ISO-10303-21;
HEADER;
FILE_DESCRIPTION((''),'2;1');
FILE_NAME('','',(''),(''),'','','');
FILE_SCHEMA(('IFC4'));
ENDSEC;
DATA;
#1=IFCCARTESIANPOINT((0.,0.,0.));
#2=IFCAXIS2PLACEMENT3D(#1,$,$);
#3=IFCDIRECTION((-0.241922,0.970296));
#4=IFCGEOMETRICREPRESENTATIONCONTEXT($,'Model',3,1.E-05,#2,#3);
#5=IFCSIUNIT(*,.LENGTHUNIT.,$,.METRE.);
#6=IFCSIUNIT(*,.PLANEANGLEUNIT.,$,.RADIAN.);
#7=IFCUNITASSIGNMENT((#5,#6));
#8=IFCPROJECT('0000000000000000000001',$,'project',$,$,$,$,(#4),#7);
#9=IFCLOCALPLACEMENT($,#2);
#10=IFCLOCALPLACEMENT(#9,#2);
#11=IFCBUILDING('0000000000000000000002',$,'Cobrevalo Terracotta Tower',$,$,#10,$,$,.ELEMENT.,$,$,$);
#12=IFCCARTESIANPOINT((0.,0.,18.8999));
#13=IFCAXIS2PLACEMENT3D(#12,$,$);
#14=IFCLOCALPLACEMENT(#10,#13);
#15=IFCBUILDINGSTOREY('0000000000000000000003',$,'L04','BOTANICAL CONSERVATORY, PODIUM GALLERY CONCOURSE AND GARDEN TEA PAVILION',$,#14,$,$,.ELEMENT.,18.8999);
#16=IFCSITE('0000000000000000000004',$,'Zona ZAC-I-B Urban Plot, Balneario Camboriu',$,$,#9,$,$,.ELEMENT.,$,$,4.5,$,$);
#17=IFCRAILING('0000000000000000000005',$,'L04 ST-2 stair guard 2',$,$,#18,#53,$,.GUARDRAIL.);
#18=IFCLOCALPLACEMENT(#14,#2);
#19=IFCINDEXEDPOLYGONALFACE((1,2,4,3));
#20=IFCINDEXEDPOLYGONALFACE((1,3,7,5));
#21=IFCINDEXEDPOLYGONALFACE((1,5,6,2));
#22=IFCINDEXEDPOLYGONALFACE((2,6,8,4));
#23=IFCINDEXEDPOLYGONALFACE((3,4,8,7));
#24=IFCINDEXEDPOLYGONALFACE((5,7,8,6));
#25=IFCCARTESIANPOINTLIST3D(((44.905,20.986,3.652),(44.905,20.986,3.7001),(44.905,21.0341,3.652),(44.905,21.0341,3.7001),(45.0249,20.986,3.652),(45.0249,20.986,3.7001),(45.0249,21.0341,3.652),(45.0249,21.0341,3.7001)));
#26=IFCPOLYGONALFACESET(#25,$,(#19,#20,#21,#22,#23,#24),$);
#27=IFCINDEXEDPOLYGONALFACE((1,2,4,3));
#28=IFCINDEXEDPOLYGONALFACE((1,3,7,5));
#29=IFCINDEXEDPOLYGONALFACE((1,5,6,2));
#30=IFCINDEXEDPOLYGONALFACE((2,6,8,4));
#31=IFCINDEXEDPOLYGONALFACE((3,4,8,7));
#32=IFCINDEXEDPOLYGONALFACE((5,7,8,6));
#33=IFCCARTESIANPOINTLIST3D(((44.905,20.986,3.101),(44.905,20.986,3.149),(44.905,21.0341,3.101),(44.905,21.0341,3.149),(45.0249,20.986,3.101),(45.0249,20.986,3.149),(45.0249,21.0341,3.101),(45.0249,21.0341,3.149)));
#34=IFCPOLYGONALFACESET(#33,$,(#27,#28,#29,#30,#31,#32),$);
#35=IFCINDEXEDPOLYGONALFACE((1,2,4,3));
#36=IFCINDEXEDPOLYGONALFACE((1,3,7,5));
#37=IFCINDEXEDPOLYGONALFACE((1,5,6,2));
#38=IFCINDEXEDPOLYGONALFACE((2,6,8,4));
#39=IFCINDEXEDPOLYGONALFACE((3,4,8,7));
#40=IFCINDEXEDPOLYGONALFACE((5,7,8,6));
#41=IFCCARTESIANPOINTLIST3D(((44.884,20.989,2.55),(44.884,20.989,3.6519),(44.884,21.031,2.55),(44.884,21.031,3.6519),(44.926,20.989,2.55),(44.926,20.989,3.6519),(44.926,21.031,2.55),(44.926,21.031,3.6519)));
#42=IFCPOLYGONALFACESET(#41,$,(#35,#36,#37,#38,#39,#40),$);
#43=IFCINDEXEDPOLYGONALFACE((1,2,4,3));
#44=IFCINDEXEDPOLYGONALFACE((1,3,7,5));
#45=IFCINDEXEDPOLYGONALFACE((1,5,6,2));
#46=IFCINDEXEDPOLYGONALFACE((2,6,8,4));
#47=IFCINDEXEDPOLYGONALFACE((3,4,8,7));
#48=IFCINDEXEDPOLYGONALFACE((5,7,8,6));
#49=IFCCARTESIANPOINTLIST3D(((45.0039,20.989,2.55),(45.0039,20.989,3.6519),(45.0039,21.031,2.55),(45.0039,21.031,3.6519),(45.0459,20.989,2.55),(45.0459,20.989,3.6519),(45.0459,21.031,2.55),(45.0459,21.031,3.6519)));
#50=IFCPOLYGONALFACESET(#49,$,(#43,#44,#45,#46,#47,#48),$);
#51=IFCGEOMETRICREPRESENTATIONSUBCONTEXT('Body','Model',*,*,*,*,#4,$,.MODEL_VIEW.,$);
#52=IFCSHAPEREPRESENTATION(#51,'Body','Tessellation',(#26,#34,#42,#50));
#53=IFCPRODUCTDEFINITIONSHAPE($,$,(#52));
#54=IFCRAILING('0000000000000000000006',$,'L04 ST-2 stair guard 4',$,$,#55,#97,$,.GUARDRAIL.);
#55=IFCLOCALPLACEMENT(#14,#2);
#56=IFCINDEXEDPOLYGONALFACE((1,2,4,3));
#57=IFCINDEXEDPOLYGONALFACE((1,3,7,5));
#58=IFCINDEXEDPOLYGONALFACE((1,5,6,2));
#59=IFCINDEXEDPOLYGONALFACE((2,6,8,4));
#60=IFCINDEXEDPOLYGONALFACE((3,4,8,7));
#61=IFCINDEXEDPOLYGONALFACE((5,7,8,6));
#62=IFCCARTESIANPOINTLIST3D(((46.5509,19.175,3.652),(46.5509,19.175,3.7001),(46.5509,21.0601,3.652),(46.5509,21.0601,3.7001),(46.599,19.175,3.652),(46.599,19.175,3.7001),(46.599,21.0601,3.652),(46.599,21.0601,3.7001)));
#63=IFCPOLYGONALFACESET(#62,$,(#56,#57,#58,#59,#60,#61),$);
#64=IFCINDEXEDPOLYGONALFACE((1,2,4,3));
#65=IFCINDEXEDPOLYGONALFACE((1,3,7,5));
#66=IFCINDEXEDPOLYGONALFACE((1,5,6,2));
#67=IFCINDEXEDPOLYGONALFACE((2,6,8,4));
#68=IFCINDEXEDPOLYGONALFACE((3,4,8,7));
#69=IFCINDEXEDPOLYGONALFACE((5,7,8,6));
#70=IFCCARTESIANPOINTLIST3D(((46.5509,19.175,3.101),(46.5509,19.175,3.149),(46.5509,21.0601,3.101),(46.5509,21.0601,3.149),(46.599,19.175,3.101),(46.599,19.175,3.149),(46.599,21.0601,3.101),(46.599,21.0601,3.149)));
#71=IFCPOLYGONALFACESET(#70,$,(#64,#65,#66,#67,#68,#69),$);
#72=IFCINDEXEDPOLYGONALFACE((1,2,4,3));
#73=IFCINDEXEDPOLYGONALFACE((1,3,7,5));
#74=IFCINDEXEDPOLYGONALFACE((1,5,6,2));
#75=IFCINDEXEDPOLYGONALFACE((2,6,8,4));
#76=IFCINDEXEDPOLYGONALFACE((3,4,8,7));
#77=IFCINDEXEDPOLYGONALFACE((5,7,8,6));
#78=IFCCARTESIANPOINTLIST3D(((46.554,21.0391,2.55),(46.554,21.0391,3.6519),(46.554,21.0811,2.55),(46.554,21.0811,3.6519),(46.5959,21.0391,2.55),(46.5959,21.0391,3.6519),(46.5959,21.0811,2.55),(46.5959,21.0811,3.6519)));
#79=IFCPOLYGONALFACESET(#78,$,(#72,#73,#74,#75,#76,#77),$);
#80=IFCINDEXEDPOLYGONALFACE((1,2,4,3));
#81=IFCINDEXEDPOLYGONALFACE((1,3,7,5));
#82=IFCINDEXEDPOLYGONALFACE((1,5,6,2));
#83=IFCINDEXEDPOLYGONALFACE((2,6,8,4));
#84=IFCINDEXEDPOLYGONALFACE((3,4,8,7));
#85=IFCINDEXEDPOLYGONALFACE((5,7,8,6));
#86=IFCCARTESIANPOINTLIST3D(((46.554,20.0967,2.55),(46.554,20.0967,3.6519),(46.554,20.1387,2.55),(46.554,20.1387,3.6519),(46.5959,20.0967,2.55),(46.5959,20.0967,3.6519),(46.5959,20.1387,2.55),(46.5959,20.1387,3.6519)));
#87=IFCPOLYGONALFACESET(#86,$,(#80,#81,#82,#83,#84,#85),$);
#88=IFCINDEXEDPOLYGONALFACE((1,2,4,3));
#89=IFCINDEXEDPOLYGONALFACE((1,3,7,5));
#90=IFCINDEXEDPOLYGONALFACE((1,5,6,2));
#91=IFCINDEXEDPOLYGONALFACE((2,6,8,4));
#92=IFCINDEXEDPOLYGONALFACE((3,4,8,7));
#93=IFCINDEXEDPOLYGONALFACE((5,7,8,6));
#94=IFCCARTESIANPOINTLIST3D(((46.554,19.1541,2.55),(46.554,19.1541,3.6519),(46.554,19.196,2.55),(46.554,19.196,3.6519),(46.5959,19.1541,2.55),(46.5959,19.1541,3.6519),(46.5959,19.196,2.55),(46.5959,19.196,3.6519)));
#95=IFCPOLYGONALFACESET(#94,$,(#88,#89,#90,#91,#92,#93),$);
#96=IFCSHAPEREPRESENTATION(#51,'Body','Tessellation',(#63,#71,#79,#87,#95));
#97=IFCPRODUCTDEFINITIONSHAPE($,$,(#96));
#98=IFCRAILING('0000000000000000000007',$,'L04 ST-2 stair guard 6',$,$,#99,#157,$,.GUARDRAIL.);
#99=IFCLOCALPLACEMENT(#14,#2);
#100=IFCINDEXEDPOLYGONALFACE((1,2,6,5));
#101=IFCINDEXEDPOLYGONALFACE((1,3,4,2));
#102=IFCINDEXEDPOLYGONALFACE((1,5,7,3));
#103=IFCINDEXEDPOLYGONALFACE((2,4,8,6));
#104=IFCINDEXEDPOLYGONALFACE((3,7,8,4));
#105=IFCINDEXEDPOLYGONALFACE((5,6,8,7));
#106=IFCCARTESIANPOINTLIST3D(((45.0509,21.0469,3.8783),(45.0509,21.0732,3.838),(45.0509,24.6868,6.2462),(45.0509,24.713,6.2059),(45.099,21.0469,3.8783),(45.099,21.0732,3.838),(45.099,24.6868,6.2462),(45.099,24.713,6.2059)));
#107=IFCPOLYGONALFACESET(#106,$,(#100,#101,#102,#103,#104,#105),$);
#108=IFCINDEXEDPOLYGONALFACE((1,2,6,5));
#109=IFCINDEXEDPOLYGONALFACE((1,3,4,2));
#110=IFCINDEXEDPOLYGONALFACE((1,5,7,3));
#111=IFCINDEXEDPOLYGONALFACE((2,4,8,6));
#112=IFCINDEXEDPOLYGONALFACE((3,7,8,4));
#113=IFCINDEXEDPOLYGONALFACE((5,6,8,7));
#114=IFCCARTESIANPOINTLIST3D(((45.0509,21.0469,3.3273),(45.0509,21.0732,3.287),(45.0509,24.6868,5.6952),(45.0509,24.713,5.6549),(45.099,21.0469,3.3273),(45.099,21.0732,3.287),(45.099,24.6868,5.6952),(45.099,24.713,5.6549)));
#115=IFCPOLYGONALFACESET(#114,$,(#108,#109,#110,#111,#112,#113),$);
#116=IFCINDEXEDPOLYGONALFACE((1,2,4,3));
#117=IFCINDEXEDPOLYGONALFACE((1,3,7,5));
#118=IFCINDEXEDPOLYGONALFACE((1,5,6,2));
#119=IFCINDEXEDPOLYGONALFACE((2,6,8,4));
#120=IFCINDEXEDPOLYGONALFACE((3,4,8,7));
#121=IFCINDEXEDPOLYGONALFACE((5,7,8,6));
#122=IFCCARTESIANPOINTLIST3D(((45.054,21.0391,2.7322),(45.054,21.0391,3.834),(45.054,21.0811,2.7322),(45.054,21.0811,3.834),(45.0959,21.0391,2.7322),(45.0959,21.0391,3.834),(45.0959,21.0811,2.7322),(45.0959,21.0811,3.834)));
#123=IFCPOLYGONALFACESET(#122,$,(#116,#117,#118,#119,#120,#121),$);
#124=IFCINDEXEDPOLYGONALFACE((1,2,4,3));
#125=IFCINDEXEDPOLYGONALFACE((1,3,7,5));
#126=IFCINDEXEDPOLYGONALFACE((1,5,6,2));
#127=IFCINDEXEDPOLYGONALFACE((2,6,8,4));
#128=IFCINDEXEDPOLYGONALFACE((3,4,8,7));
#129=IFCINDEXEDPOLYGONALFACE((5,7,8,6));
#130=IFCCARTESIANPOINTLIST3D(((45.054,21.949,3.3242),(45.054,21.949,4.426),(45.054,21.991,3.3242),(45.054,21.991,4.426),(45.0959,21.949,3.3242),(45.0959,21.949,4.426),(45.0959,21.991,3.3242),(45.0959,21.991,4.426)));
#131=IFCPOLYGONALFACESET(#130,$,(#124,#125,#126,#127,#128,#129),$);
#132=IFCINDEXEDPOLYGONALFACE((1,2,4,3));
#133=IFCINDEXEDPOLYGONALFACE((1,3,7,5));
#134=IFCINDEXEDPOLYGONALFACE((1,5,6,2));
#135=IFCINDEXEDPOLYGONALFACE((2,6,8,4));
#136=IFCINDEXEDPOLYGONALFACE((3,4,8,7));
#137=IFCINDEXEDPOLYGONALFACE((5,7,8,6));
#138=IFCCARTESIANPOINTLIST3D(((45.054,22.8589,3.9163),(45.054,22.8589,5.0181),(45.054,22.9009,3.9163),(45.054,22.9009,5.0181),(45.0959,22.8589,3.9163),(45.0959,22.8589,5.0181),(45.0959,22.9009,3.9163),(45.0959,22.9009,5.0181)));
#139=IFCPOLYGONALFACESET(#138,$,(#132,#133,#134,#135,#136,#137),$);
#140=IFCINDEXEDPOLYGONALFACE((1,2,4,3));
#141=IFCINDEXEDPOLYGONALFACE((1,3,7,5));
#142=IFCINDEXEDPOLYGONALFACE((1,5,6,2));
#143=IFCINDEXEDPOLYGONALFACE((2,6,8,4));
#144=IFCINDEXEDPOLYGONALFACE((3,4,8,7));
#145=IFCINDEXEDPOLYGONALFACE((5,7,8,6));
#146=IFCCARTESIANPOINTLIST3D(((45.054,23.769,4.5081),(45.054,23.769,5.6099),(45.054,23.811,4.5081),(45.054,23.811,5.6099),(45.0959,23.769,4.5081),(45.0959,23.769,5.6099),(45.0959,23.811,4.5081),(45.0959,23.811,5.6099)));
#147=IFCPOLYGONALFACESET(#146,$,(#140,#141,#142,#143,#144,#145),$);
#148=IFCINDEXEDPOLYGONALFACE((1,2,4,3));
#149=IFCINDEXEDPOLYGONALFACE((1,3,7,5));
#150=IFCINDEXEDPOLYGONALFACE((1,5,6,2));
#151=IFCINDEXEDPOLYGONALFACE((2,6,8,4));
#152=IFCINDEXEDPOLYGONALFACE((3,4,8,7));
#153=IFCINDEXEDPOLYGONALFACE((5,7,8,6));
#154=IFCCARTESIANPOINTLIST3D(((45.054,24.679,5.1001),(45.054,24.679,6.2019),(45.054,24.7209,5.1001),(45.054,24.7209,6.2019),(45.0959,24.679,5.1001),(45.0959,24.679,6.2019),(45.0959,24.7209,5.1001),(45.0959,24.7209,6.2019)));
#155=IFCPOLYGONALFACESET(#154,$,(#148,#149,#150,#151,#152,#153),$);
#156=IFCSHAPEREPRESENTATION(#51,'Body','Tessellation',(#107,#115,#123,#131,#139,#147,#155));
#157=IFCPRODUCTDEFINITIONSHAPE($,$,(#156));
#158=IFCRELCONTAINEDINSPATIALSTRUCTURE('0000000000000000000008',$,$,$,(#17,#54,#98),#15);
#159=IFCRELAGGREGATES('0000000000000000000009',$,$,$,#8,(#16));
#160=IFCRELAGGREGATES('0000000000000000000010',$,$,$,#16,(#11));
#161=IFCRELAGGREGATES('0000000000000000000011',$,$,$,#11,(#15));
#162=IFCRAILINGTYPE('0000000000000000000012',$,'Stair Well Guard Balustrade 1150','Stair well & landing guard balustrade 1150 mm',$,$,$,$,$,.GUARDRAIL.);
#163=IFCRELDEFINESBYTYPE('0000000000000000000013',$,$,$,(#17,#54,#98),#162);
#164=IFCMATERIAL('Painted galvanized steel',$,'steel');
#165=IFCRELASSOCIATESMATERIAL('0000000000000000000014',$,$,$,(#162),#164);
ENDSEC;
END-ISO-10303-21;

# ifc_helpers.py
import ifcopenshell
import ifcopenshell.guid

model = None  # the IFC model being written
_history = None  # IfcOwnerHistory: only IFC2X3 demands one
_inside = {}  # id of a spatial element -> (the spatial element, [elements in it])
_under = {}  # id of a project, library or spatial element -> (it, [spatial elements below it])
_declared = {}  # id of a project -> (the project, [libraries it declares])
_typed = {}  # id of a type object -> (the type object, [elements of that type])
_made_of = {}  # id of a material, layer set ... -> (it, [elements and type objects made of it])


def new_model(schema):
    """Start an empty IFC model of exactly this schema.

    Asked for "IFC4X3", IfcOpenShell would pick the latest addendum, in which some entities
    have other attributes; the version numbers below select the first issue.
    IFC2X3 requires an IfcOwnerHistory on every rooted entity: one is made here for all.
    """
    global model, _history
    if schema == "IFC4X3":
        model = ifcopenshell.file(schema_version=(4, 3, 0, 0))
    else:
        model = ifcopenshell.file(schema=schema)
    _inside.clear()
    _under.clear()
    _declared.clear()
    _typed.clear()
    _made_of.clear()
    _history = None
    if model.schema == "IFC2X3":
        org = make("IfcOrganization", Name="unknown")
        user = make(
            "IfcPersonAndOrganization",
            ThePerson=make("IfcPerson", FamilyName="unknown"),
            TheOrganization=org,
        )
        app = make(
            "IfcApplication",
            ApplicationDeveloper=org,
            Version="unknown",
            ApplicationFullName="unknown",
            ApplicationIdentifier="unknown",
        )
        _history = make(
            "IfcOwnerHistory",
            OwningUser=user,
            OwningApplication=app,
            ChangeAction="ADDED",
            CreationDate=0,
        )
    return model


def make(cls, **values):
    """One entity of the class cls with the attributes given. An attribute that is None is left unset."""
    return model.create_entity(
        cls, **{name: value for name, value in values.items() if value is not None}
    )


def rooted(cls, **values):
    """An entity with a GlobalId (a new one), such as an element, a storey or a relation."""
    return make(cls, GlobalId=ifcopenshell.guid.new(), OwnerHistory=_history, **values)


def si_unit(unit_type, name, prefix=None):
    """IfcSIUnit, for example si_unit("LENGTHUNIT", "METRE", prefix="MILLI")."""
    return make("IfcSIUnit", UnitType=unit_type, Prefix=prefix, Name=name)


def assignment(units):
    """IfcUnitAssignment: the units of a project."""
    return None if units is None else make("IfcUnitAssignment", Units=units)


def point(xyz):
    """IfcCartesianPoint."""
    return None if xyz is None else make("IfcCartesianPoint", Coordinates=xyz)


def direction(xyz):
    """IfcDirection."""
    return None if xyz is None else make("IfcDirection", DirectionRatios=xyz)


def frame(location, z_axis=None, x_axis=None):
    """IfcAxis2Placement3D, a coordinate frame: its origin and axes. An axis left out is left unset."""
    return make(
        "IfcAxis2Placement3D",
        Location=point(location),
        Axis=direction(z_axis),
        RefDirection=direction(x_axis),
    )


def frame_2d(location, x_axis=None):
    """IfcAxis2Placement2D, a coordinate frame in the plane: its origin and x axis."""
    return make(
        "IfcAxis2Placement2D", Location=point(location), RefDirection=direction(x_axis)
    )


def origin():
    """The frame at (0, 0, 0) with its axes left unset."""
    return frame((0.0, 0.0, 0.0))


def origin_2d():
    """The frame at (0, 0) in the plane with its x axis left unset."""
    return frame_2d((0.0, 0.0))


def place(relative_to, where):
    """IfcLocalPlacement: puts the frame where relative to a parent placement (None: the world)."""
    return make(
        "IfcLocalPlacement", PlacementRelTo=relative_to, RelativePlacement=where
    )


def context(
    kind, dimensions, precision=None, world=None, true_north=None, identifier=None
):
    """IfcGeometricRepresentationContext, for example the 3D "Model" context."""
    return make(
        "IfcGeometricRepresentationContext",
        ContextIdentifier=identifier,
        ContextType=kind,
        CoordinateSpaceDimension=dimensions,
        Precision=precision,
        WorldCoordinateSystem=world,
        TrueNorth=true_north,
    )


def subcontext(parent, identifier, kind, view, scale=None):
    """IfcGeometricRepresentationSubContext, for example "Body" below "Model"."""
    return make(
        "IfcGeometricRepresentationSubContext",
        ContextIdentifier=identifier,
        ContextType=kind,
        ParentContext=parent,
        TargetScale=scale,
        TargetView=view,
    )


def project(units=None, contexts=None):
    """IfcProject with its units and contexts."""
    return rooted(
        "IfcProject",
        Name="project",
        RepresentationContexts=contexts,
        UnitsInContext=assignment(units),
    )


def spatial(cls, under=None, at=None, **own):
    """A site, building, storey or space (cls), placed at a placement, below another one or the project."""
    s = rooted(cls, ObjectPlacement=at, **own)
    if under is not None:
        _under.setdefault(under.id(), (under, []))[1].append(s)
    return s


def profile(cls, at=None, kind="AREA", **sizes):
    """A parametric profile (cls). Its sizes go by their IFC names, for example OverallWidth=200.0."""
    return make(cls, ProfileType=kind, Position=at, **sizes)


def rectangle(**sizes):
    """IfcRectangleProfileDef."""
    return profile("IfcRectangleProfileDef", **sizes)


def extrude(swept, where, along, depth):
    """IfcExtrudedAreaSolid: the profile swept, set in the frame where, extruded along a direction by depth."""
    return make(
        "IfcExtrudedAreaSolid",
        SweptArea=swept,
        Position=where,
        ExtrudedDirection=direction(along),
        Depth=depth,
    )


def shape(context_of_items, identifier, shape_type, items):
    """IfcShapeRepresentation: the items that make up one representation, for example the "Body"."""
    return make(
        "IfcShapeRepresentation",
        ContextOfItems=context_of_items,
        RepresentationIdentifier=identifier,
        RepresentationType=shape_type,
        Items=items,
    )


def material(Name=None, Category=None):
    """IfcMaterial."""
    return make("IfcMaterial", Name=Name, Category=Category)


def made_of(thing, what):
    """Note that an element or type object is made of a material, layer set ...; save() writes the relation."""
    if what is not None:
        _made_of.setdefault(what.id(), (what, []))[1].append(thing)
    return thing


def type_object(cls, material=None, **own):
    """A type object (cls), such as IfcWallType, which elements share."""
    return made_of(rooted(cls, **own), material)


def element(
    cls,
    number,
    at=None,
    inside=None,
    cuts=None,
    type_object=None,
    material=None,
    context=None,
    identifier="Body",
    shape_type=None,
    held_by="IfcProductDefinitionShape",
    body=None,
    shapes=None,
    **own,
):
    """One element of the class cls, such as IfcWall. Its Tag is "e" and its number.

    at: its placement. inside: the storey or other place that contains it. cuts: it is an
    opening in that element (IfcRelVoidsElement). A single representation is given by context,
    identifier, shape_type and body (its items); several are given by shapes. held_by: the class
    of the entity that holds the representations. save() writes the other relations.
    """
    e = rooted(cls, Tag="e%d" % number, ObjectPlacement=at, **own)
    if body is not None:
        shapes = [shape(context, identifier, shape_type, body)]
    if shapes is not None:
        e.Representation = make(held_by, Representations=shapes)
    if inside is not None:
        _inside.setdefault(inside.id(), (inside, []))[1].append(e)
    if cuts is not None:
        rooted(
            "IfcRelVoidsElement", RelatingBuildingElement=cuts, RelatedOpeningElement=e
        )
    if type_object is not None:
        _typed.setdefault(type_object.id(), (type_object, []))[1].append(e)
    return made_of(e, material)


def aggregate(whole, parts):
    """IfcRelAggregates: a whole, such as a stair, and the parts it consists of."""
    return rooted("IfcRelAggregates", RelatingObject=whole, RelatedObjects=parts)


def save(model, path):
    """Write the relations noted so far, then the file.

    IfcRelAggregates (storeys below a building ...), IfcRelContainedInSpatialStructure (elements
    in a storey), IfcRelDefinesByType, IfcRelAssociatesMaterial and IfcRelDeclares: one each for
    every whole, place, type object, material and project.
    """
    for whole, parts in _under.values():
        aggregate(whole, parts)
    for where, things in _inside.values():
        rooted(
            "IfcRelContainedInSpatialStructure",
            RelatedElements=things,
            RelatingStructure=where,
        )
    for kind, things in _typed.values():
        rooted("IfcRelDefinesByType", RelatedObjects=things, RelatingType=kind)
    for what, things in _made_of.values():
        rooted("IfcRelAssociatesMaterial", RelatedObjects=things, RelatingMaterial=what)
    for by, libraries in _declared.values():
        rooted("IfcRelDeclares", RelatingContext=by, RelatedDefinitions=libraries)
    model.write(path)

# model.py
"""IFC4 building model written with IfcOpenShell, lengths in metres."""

from ifc_helpers import new_model, si_unit, direction, frame, origin, origin_2d, place, context, subcontext, project, spatial, rectangle, extrude, material, type_object, element, save


model = new_model("IFC4")

# Units and contexts
model_context = context("Model", 3, precision=1e-05, world=origin(), true_north=direction((-0.241922, 0.970296)))
body_context = subcontext(model_context, "Body", "Model", "MODEL_VIEW")
ifc_project = project(units=[si_unit("LENGTHUNIT", "METRE"), si_unit("PLANEANGLEUNIT", "RADIAN")], contexts=[model_context])

# Site, building, storey
site_placement = place(None, origin())
site = spatial("IfcSite", under=ifc_project, at=site_placement, Name="Zona ZAC-I-B Urban Plot, Balneario Camboriu", CompositionType="ELEMENT", RefElevation=4.5)
building_placement = place(site_placement, origin())
building = spatial("IfcBuilding", under=site, at=building_placement, Name="Cobrevalo Terracotta Tower", CompositionType="ELEMENT")
storey_placement = place(building_placement, frame((0.0, 0.0, 18.8999)))
storey = spatial("IfcBuildingStorey", under=building, at=storey_placement, Name="L04", Description="BOTANICAL CONSERVATORY, PODIUM GALLERY CONCOURSE AND GARDEN TEA PAVILION", CompositionType="ELEMENT", Elevation=18.8999)

# Railings
ifc_material_1 = material(Name="Painted galvanized steel", Category="steel")
railing_type_1 = type_object("IfcRailingType", Name="Stair Well Guard Balustrade 1150", Description="Stair well & landing guard balustrade 1150 mm", PredefinedType="GUARDRAIL", material=ifc_material_1)
railing_1_placement = place(storey_placement, frame((44.905, 21.01, 2.55)))
element("IfcRailing", 1, at=railing_1_placement, inside=storey, type_object=railing_type_1, Name="L04 ST-2 stair guard 2", PredefinedType="GUARDRAIL", context=body_context, shape_type="SweptSolid", body=[
    extrude(rectangle(XDim=0.0481, YDim=0.0481, at=origin_2d()), frame((0.0, 0.0, 1.126), z_axis=(1.0, 0.0, 0.0), x_axis=(0.0, 1.0, 0.0)), (0.0, 0.0, 1.0), 0.1199),
    extrude(rectangle(XDim=0.0481, YDim=0.0481, at=origin_2d()), frame((0.0, 0.0, 0.575), z_axis=(1.0, 0.0, 0.0), x_axis=(0.0, 1.0, 0.0)), (0.0, 0.0, 1.0), 0.1199),
    extrude(rectangle(XDim=0.042, YDim=0.042, at=origin_2d()), origin(), (0.0, 0.0, 1.0), 1.1018),
    extrude(rectangle(XDim=0.042, YDim=0.042, at=origin_2d()), frame((0.1199, 0.0, 0.0)), (0.0, 0.0, 1.0), 1.1018),
])
railing_2_placement = place(storey_placement, frame((46.575, 21.0601, 2.55)))
element("IfcRailing", 2, at=railing_2_placement, inside=storey, type_object=railing_type_1, Name="L04 ST-2 stair guard 4", PredefinedType="GUARDRAIL", context=body_context, shape_type="SweptSolid", body=[
    extrude(rectangle(XDim=0.0481, YDim=0.0481, at=origin_2d()), frame((0.0, 0.0, 1.126), z_axis=(0.0, -1.0, 0.0), x_axis=(1.0, 0.0, 0.0)), (0.0, 0.0, 1.0), 1.885),
    extrude(rectangle(XDim=0.0481, YDim=0.0481, at=origin_2d()), frame((0.0, 0.0, 0.575), z_axis=(0.0, -1.0, 0.0), x_axis=(1.0, 0.0, 0.0)), (0.0, 0.0, 1.0), 1.885),
    extrude(rectangle(XDim=0.042, YDim=0.042, at=origin_2d()), origin(), (0.0, 0.0, 1.0), 1.1018),
    extrude(rectangle(XDim=0.042, YDim=0.042, at=origin_2d()), frame((0.0, -0.9424, 0.0)), (0.0, 0.0, 1.0), 1.1018),
    extrude(rectangle(XDim=0.042, YDim=0.042, at=origin_2d()), frame((0.0, -1.885, 0.0)), (0.0, 0.0, 1.0), 1.1018),
])
railing_3_placement = place(storey_placement, frame((45.075, 21.0601, 2.7322)))
element("IfcRailing", 3, at=railing_3_placement, inside=storey, type_object=railing_type_1, Name="L04 ST-2 stair guard 6", PredefinedType="GUARDRAIL", context=body_context, shape_type="SweptSolid", body=[
    extrude(rectangle(XDim=0.0481, YDim=0.0481, at=origin_2d()), frame((0.0, 0.0, 1.126), z_axis=(0.0, 0.838234, 0.54531), x_axis=(-1.0, 0.0, 0.0)), (0.0, 0.0, 1.0), 4.3423),
    extrude(rectangle(XDim=0.0481, YDim=0.0481, at=origin_2d()), frame((0.0, 0.0, 0.575), z_axis=(0.0, 0.838234, 0.54531), x_axis=(-1.0, 0.0, 0.0)), (0.0, 0.0, 1.0), 4.3423),
    extrude(rectangle(XDim=0.042, YDim=0.042, at=origin_2d()), origin(), (0.0, 0.0, 1.0), 1.1018),
    extrude(rectangle(XDim=0.042, YDim=0.042, at=origin_2d()), frame((0.0, 0.9099, 0.592)), (0.0, 0.0, 1.0), 1.1018),
    extrude(rectangle(XDim=0.042, YDim=0.042, at=origin_2d()), frame((0.0, 1.8198, 1.1841)), (0.0, 0.0, 1.0), 1.1018),
    extrude(rectangle(XDim=0.042, YDim=0.042, at=origin_2d()), frame((0.0, 2.73, 1.7759)), (0.0, 0.0, 1.0), 1.1018),
    extrude(rectangle(XDim=0.042, YDim=0.042, at=origin_2d()), frame((0.0, 3.6399, 2.3679)), (0.0, 0.0, 1.0), 1.1018),
])

save(model, "model.ifc")
